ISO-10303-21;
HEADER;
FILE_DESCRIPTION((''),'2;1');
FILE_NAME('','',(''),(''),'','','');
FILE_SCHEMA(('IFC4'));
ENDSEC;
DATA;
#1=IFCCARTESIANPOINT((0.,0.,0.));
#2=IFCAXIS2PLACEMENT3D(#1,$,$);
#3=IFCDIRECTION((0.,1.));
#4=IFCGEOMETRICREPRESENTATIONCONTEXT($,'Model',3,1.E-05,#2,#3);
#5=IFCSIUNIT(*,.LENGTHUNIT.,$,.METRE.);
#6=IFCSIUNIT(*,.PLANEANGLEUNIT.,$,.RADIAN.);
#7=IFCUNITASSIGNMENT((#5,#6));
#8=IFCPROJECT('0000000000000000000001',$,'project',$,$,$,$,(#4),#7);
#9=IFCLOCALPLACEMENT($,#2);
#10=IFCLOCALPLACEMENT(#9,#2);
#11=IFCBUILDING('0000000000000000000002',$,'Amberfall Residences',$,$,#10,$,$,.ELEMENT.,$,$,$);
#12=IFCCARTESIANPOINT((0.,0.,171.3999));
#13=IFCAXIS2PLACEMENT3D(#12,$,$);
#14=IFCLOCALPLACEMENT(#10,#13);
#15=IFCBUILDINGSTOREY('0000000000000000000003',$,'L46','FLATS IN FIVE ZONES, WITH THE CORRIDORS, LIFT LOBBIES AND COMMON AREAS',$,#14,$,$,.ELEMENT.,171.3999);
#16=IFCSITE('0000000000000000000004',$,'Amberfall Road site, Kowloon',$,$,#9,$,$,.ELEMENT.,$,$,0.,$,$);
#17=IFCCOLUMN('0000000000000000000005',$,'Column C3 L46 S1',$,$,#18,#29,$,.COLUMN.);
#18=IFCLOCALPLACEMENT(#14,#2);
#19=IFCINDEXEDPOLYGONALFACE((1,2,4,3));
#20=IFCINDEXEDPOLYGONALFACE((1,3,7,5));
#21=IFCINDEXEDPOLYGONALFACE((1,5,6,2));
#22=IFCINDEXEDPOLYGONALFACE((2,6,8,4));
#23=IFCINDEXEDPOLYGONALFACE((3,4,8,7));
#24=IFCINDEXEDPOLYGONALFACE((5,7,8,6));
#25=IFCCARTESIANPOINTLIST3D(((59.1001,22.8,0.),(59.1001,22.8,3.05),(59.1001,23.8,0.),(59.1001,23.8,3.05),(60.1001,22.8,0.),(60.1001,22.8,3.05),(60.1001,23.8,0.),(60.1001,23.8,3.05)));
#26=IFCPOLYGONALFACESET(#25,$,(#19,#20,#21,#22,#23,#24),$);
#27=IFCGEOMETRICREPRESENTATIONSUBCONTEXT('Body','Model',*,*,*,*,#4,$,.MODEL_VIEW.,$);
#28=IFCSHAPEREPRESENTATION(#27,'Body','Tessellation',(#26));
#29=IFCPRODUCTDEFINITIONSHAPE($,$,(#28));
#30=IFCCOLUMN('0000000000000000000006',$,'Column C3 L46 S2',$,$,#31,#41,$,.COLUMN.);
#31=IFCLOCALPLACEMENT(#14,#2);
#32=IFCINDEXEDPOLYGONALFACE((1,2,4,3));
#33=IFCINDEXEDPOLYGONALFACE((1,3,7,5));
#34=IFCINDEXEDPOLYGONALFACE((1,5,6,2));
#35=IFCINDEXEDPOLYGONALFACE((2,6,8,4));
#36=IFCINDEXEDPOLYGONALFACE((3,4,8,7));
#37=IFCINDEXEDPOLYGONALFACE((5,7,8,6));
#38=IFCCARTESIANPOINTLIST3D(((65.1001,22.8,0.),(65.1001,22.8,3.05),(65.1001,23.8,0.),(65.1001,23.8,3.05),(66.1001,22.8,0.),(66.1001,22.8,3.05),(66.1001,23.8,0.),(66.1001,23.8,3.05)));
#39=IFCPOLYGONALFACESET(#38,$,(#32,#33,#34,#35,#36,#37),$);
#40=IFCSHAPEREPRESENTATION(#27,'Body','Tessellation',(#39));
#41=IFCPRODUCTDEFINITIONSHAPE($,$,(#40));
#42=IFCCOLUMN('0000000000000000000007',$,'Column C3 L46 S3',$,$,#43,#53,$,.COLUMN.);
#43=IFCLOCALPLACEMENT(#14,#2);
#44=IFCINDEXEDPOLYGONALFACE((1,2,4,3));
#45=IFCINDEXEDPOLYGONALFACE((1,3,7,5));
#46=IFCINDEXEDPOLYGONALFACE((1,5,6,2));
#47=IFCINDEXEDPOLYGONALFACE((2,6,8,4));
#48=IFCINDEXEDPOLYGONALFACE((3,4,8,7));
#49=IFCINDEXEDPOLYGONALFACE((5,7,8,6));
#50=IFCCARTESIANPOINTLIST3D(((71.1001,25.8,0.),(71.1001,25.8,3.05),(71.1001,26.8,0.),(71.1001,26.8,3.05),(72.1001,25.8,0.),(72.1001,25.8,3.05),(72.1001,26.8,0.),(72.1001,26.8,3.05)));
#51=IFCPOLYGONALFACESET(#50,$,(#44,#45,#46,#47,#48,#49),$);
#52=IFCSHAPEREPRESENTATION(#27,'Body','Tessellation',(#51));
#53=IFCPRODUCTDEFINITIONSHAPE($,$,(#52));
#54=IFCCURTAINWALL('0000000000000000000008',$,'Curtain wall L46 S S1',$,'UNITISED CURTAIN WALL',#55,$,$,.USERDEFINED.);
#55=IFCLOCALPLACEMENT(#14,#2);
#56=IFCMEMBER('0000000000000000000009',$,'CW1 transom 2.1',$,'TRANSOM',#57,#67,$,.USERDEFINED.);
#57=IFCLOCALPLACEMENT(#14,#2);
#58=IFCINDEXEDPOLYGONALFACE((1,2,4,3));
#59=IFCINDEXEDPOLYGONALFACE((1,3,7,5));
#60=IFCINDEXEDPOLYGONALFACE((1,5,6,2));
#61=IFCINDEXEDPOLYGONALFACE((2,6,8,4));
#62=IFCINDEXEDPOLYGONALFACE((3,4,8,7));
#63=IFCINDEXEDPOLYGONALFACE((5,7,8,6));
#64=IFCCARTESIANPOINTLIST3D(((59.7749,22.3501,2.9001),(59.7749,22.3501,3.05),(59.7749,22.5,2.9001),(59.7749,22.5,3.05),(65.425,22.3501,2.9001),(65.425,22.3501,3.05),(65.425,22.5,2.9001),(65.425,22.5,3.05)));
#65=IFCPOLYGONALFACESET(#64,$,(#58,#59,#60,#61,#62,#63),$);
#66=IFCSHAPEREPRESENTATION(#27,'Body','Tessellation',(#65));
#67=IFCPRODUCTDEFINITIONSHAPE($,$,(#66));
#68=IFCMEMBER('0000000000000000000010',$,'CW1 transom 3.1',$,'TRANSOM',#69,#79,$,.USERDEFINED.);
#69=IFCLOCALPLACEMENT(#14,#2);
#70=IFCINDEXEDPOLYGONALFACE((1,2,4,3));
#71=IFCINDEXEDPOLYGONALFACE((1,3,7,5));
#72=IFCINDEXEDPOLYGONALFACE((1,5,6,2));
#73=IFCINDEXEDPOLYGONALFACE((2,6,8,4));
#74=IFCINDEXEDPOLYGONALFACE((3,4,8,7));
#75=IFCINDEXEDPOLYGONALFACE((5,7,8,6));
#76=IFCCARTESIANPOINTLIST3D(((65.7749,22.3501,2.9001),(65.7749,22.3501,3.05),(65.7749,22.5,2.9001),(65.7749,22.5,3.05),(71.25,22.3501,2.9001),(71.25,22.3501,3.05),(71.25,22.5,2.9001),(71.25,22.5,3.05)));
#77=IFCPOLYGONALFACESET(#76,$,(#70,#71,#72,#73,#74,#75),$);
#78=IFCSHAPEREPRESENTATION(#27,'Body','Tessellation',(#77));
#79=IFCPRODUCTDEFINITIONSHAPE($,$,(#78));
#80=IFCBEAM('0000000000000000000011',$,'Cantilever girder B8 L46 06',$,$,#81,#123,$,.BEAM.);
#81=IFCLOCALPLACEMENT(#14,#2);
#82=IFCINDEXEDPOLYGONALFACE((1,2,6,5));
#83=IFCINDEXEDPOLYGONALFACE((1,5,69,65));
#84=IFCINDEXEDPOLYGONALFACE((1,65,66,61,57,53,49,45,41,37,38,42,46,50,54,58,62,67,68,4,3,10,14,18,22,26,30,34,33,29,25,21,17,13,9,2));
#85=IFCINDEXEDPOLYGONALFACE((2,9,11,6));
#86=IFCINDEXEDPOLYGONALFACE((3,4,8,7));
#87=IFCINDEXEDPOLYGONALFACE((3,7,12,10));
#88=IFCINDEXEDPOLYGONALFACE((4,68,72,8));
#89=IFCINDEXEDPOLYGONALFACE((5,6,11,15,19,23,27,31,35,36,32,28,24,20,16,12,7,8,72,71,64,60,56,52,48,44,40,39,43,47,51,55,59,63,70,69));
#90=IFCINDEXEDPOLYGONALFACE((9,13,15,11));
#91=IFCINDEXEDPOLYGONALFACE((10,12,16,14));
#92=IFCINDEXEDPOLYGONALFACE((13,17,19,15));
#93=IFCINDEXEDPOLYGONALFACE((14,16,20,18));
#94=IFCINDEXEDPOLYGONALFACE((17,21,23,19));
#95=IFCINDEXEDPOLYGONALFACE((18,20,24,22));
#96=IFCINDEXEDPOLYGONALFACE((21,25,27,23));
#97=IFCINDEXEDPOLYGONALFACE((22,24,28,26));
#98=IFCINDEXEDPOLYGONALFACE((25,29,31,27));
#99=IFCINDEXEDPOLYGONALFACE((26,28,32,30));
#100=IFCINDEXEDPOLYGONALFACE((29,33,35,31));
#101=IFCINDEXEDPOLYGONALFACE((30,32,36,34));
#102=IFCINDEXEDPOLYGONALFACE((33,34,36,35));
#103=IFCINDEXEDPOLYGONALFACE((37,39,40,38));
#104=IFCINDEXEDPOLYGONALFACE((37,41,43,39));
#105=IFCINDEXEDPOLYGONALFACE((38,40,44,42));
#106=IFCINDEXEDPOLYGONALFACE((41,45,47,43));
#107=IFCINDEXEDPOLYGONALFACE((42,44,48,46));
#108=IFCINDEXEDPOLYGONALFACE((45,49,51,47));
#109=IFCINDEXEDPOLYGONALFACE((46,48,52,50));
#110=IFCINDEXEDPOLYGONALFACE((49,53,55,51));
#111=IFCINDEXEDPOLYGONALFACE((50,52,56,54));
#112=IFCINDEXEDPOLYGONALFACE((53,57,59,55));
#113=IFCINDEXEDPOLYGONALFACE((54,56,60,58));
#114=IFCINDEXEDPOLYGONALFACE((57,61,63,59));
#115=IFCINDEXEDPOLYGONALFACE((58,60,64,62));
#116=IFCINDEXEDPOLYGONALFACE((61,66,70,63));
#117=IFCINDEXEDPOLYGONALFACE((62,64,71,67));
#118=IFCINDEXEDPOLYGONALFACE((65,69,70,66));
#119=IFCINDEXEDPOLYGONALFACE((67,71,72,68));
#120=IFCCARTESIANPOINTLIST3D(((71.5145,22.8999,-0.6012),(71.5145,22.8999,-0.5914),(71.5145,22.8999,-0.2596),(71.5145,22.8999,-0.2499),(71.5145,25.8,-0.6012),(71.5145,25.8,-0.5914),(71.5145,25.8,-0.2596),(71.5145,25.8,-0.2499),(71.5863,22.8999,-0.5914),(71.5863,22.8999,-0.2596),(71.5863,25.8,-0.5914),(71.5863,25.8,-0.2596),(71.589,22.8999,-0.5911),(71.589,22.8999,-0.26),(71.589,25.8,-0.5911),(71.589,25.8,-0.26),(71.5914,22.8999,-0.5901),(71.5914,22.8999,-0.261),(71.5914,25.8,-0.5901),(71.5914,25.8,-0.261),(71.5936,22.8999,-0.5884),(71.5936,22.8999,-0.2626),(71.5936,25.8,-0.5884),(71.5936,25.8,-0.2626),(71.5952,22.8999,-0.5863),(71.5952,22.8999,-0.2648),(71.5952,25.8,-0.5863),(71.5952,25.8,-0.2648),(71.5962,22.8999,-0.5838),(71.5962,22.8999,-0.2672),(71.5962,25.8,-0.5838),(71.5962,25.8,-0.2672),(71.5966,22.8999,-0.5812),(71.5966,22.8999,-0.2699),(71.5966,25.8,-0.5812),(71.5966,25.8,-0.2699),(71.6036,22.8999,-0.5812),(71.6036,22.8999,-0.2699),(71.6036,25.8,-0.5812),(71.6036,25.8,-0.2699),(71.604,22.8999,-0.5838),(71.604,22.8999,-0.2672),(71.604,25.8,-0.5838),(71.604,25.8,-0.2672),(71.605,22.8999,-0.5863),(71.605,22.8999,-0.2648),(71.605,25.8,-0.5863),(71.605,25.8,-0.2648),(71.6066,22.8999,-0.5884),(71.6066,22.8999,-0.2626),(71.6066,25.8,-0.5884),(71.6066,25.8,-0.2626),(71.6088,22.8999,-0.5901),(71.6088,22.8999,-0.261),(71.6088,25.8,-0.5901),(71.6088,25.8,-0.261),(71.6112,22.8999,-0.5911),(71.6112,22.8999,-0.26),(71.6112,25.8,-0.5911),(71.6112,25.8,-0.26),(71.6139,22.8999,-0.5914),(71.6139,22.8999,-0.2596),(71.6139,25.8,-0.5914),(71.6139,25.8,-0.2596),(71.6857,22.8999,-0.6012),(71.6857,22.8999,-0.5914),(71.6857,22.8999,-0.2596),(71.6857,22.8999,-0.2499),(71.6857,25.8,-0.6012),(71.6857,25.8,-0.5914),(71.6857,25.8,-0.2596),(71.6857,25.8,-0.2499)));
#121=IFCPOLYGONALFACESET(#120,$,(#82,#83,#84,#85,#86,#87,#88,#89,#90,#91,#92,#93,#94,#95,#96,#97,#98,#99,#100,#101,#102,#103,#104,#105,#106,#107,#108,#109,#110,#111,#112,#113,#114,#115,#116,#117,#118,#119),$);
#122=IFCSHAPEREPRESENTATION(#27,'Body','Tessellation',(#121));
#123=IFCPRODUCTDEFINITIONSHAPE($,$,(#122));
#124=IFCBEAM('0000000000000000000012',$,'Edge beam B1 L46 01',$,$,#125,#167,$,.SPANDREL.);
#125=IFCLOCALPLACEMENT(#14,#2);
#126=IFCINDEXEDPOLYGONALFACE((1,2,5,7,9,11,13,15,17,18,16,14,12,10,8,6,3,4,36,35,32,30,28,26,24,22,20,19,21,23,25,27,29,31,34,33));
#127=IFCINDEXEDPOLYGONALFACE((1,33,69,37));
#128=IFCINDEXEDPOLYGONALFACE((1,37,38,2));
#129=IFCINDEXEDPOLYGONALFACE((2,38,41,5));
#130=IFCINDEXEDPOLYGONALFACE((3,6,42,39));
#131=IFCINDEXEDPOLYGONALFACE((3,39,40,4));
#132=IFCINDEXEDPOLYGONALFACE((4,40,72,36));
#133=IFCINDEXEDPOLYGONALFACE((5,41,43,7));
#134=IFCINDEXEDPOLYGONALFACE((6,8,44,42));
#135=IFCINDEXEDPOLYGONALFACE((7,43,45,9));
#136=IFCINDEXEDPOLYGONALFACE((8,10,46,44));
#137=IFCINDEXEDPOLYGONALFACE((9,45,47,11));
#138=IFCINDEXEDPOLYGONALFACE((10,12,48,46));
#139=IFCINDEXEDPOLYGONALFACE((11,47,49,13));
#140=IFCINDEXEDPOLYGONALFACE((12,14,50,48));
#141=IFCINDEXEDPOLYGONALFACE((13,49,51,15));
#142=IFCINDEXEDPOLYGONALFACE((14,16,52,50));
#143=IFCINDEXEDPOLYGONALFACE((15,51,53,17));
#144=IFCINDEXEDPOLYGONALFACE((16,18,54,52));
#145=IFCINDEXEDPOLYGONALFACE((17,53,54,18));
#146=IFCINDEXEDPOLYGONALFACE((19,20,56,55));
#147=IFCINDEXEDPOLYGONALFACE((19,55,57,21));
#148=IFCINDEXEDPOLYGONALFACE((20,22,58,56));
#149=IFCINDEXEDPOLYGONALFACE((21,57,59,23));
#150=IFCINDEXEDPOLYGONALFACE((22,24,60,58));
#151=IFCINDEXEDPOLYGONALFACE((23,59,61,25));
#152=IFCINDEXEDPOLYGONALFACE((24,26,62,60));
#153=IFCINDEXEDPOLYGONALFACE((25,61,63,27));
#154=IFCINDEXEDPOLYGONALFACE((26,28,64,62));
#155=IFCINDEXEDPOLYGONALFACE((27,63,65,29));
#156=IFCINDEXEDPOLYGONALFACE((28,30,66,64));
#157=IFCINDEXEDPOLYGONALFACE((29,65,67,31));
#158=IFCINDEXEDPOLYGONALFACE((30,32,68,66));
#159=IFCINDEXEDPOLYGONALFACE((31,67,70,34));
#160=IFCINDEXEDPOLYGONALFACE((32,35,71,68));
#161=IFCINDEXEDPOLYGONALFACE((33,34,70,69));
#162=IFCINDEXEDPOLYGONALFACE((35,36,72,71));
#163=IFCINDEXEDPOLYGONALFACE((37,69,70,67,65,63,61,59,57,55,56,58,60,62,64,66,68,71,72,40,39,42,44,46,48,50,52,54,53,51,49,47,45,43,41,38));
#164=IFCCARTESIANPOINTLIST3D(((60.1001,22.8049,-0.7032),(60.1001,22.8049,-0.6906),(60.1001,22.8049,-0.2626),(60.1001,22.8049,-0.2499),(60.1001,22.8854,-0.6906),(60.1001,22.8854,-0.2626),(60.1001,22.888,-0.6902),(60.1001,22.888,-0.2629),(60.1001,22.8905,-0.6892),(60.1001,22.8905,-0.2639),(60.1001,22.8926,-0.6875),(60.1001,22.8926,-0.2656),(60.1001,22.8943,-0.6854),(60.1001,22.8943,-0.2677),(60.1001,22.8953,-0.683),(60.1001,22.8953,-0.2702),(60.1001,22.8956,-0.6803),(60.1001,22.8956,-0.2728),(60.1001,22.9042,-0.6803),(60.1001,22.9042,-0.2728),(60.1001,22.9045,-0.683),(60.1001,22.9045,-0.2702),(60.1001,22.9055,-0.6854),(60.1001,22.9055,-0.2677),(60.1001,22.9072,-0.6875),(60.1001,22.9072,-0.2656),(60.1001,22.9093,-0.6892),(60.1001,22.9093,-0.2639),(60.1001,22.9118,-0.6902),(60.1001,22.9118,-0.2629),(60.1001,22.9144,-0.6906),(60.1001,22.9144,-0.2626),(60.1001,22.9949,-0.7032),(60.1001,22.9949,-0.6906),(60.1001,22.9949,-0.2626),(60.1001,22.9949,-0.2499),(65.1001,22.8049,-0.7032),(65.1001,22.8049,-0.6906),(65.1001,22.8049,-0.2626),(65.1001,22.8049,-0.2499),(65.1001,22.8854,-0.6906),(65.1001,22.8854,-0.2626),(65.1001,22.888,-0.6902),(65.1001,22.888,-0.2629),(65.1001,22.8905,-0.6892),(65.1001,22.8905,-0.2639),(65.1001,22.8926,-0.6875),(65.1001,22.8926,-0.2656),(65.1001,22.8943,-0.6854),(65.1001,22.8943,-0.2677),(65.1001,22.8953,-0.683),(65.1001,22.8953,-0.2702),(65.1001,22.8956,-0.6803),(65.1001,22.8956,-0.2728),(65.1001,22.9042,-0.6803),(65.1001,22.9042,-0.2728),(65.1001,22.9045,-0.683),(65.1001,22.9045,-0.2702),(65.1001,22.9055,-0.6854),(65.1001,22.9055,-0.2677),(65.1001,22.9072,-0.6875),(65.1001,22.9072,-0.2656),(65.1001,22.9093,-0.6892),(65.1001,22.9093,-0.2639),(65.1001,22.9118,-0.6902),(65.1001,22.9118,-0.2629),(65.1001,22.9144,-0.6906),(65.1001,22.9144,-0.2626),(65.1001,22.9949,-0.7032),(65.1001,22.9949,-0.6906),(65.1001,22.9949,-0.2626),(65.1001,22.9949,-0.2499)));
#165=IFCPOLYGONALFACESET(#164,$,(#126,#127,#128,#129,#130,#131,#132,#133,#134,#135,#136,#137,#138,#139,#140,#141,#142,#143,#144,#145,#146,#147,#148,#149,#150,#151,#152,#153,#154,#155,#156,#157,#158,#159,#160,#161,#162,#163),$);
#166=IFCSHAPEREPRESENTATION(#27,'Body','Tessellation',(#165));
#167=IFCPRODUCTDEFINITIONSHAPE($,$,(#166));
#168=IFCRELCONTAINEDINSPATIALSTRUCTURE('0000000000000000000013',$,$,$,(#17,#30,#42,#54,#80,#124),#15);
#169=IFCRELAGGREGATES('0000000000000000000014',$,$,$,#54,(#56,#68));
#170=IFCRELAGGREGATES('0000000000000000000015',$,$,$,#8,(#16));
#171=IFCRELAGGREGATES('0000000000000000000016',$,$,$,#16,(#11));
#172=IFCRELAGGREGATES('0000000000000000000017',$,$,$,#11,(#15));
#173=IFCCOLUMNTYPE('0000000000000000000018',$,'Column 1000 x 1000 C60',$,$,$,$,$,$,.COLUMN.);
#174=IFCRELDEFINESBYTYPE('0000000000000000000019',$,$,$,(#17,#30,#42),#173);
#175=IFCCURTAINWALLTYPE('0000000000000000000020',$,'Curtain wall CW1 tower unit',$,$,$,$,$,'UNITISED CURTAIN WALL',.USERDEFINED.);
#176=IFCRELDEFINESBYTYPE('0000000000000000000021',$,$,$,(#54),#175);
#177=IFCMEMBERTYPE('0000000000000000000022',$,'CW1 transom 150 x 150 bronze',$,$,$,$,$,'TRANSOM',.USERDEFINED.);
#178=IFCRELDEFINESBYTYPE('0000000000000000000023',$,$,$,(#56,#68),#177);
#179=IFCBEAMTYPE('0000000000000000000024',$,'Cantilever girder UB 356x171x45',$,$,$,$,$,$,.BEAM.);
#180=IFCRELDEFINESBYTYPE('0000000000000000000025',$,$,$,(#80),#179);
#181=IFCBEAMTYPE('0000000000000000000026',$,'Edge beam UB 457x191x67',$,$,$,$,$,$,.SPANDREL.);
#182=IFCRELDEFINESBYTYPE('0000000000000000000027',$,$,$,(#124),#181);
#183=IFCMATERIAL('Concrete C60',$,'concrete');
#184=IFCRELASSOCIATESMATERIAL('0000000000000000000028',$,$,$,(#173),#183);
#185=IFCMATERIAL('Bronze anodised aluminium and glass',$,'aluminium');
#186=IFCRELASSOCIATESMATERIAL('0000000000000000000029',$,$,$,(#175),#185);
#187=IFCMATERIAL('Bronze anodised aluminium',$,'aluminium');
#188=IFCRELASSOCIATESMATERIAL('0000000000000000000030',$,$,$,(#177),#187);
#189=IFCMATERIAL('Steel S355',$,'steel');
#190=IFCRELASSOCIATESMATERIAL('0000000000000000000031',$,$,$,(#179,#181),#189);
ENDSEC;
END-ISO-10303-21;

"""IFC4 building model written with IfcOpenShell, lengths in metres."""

from ifc_helpers import new_model, si_unit, direction, frame, origin, origin_2d, place, context, subcontext, project, spatial, rectangle, i_section, extrude, material, material_profile, profile_set, type_object, element, aggregate, save


model = new_model("IFC4")

# Units and contexts
model_context = context("Model", 3, precision=1e-05, world=origin(), true_north=direction((0.0, 1.0)))
body_context = subcontext(model_context, "Body", "Model", "MODEL_VIEW")
ifc_project = project(units=[si_unit("LENGTHUNIT", "METRE"), si_unit("PLANEANGLEUNIT", "RADIAN")], contexts=[model_context])

# Site, building, storey
site_placement = place(None, origin())
site = spatial("IfcSite", under=ifc_project, at=site_placement, Name="Amberfall Road site, Kowloon", CompositionType="ELEMENT", RefElevation=0.0)
building_placement = place(site_placement, origin())
building = spatial("IfcBuilding", under=site, at=building_placement, Name="Amberfall Residences", CompositionType="ELEMENT")
storey_placement = place(building_placement, frame((0.0, 0.0, 171.3999)))
storey = spatial("IfcBuildingStorey", under=building, at=storey_placement, Name="L46", Description="FLATS IN FIVE ZONES, WITH THE CORRIDORS, LIFT LOBBIES AND COMMON AREAS", CompositionType="ELEMENT", Elevation=171.3999)

# Columns
ifc_material_1 = material(Name="Concrete C60", Category="concrete")
ifc_material_profile_1 = material_profile(ifc_material_1, rectangle(XDim=1.0, YDim=1.0, at=origin_2d()), Name="Column 1000 x 1000 C60")
ifc_profile_set_1 = profile_set([ifc_material_profile_1], Name="Concrete C60")
column_type = type_object("IfcColumnType", Name="Column 1000 x 1000 C60", PredefinedType="COLUMN", material=ifc_profile_set_1)
for number, where, z_axis, x_axis, name in (
    (1, (59.6001, 23.3, 0.0), (0.0, 0.0, 1.0), (1.0, 0.0, 0.0), "Column C3 L46 S1"),
    (2, (65.6001, 23.3, 0.0), (0.0, 0.0, 1.0), (1.0, 0.0, 0.0), "Column C3 L46 S2"),
    (3, (71.6001, 26.3, 0.0), (0.0, 0.0, 1.0), (1.0, 0.0, 0.0), "Column C3 L46 S3"),
):
    element("IfcColumn", number, at=place(storey_placement, frame(where, z_axis=z_axis, x_axis=x_axis)), inside=storey, type_object=column_type, Name=name, PredefinedType="COLUMN", context=body_context, shape_type="SweptSolid", body=[
        extrude(rectangle(XDim=1.0, YDim=1.0, at=origin_2d()), origin(), (0.0, 0.0, 1.0), 3.05),
    ])

# Curtain wall, members
ifc_material_2 = material(Name="Bronze anodised aluminium and glass", Category="aluminium")
curtain_wall_type = type_object("IfcCurtainWallType", Name="Curtain wall CW1 tower unit", ElementType="UNITISED CURTAIN WALL", PredefinedType="USERDEFINED", material=ifc_material_2)
curtain_wall_placement = place(storey_placement, origin())
curtain_wall = element("IfcCurtainWall", 4, at=curtain_wall_placement, inside=storey, type_object=curtain_wall_type, Name="Curtain wall L46 S S1", ObjectType="UNITISED CURTAIN WALL", PredefinedType="USERDEFINED")
ifc_material_3 = material(Name="Bronze anodised aluminium", Category="aluminium")
ifc_material_profile_2 = material_profile(ifc_material_3, rectangle(XDim=0.1499, YDim=0.1499, at=origin_2d()), Name="CW1 transom 150 x 150 bronze")
ifc_profile_set_2 = profile_set([ifc_material_profile_2], Name="Bronze anodised aluminium")
member_type_1 = type_object("IfcMemberType", Name="CW1 transom 150 x 150 bronze", ElementType="TRANSOM", PredefinedType="USERDEFINED", material=ifc_profile_set_2)
member_1_placement = place(storey_placement, frame((59.7749, 22.425, 2.9751), z_axis=(1.0, 0.0, 0.0), x_axis=(0.0, 1.0, 0.0)))
member_1 = element("IfcMember", 5, at=member_1_placement, type_object=member_type_1, Name="CW1 transom 2.1", ObjectType="TRANSOM", PredefinedType="USERDEFINED", context=body_context, shape_type="SweptSolid", body=[
    extrude(rectangle(XDim=0.1499, YDim=0.1499, at=origin_2d()), origin(), (0.0, 0.0, 1.0), 5.6501),
])
member_2_placement = place(storey_placement, frame((65.7749, 22.425, 2.9751), z_axis=(1.0, 0.0, 0.0), x_axis=(0.0, 1.0, 0.0)))
member_2 = element("IfcMember", 6, at=member_2_placement, type_object=member_type_1, Name="CW1 transom 3.1", ObjectType="TRANSOM", PredefinedType="USERDEFINED", context=body_context, shape_type="SweptSolid", body=[
    extrude(rectangle(XDim=0.1499, YDim=0.1499, at=origin_2d()), origin(), (0.0, 0.0, 1.0), 5.4751),
])

# Beams
ifc_material_4 = material(Name="Steel S355", Category="steel")
ifc_material_profile_3 = material_profile(ifc_material_4, i_section(OverallWidth=0.1711, OverallDepth=0.3513, WebThickness=0.0071, FlangeThickness=0.0098, FilletRadius=0.0103, at=origin_2d()), Name="UB 356x171x45")
ifc_profile_set_3 = profile_set([ifc_material_profile_3], Name="Steel S355")
beam_type_1 = type_object("IfcBeamType", Name="Cantilever girder UB 356x171x45", PredefinedType="BEAM", material=ifc_profile_set_3)
beam_1_placement = place(storey_placement, frame((71.6001, 25.8, -0.4255), z_axis=(0.0, -1.0, 0.0), x_axis=(1.0, 0.0, 0.0)))
element("IfcBeam", 7, at=beam_1_placement, inside=storey, type_object=beam_type_1, Name="Cantilever girder B8 L46 06", PredefinedType="BEAM", context=body_context, shape_type="SweptSolid", body=[
    extrude(i_section(OverallWidth=0.1711, OverallDepth=0.3513, WebThickness=0.0071, FlangeThickness=0.0098, FilletRadius=0.0103, at=origin_2d()), origin(), (0.0, 0.0, 1.0), 2.9001),
])
ifc_material_profile_4 = material_profile(ifc_material_4, i_section(OverallWidth=0.1899, OverallDepth=0.4534, WebThickness=0.0085, FlangeThickness=0.0127, FilletRadius=0.0103, at=origin_2d()), Name="UB 457x191x67")
ifc_profile_set_4 = profile_set([ifc_material_profile_4], Name="Steel S355")
beam_type_2 = type_object("IfcBeamType", Name="Edge beam UB 457x191x67", PredefinedType="SPANDREL", material=ifc_profile_set_4)
beam_2_placement = place(storey_placement, frame((60.1001, 22.8999, -0.4766), z_axis=(1.0, 0.0, 0.0), x_axis=(0.0, 1.0, 0.0)))
element("IfcBeam", 8, at=beam_2_placement, inside=storey, type_object=beam_type_2, Name="Edge beam B1 L46 01", PredefinedType="SPANDREL", context=body_context, shape_type="SweptSolid", body=[
    extrude(i_section(OverallWidth=0.1899, OverallDepth=0.4534, WebThickness=0.0085, FlangeThickness=0.0127, FilletRadius=0.0103, at=origin_2d()), origin(), (0.0, 0.0, 1.0), 5.0),
])

aggregate(curtain_wall, [member_1, member_2])

save(model, "model.ifc")
